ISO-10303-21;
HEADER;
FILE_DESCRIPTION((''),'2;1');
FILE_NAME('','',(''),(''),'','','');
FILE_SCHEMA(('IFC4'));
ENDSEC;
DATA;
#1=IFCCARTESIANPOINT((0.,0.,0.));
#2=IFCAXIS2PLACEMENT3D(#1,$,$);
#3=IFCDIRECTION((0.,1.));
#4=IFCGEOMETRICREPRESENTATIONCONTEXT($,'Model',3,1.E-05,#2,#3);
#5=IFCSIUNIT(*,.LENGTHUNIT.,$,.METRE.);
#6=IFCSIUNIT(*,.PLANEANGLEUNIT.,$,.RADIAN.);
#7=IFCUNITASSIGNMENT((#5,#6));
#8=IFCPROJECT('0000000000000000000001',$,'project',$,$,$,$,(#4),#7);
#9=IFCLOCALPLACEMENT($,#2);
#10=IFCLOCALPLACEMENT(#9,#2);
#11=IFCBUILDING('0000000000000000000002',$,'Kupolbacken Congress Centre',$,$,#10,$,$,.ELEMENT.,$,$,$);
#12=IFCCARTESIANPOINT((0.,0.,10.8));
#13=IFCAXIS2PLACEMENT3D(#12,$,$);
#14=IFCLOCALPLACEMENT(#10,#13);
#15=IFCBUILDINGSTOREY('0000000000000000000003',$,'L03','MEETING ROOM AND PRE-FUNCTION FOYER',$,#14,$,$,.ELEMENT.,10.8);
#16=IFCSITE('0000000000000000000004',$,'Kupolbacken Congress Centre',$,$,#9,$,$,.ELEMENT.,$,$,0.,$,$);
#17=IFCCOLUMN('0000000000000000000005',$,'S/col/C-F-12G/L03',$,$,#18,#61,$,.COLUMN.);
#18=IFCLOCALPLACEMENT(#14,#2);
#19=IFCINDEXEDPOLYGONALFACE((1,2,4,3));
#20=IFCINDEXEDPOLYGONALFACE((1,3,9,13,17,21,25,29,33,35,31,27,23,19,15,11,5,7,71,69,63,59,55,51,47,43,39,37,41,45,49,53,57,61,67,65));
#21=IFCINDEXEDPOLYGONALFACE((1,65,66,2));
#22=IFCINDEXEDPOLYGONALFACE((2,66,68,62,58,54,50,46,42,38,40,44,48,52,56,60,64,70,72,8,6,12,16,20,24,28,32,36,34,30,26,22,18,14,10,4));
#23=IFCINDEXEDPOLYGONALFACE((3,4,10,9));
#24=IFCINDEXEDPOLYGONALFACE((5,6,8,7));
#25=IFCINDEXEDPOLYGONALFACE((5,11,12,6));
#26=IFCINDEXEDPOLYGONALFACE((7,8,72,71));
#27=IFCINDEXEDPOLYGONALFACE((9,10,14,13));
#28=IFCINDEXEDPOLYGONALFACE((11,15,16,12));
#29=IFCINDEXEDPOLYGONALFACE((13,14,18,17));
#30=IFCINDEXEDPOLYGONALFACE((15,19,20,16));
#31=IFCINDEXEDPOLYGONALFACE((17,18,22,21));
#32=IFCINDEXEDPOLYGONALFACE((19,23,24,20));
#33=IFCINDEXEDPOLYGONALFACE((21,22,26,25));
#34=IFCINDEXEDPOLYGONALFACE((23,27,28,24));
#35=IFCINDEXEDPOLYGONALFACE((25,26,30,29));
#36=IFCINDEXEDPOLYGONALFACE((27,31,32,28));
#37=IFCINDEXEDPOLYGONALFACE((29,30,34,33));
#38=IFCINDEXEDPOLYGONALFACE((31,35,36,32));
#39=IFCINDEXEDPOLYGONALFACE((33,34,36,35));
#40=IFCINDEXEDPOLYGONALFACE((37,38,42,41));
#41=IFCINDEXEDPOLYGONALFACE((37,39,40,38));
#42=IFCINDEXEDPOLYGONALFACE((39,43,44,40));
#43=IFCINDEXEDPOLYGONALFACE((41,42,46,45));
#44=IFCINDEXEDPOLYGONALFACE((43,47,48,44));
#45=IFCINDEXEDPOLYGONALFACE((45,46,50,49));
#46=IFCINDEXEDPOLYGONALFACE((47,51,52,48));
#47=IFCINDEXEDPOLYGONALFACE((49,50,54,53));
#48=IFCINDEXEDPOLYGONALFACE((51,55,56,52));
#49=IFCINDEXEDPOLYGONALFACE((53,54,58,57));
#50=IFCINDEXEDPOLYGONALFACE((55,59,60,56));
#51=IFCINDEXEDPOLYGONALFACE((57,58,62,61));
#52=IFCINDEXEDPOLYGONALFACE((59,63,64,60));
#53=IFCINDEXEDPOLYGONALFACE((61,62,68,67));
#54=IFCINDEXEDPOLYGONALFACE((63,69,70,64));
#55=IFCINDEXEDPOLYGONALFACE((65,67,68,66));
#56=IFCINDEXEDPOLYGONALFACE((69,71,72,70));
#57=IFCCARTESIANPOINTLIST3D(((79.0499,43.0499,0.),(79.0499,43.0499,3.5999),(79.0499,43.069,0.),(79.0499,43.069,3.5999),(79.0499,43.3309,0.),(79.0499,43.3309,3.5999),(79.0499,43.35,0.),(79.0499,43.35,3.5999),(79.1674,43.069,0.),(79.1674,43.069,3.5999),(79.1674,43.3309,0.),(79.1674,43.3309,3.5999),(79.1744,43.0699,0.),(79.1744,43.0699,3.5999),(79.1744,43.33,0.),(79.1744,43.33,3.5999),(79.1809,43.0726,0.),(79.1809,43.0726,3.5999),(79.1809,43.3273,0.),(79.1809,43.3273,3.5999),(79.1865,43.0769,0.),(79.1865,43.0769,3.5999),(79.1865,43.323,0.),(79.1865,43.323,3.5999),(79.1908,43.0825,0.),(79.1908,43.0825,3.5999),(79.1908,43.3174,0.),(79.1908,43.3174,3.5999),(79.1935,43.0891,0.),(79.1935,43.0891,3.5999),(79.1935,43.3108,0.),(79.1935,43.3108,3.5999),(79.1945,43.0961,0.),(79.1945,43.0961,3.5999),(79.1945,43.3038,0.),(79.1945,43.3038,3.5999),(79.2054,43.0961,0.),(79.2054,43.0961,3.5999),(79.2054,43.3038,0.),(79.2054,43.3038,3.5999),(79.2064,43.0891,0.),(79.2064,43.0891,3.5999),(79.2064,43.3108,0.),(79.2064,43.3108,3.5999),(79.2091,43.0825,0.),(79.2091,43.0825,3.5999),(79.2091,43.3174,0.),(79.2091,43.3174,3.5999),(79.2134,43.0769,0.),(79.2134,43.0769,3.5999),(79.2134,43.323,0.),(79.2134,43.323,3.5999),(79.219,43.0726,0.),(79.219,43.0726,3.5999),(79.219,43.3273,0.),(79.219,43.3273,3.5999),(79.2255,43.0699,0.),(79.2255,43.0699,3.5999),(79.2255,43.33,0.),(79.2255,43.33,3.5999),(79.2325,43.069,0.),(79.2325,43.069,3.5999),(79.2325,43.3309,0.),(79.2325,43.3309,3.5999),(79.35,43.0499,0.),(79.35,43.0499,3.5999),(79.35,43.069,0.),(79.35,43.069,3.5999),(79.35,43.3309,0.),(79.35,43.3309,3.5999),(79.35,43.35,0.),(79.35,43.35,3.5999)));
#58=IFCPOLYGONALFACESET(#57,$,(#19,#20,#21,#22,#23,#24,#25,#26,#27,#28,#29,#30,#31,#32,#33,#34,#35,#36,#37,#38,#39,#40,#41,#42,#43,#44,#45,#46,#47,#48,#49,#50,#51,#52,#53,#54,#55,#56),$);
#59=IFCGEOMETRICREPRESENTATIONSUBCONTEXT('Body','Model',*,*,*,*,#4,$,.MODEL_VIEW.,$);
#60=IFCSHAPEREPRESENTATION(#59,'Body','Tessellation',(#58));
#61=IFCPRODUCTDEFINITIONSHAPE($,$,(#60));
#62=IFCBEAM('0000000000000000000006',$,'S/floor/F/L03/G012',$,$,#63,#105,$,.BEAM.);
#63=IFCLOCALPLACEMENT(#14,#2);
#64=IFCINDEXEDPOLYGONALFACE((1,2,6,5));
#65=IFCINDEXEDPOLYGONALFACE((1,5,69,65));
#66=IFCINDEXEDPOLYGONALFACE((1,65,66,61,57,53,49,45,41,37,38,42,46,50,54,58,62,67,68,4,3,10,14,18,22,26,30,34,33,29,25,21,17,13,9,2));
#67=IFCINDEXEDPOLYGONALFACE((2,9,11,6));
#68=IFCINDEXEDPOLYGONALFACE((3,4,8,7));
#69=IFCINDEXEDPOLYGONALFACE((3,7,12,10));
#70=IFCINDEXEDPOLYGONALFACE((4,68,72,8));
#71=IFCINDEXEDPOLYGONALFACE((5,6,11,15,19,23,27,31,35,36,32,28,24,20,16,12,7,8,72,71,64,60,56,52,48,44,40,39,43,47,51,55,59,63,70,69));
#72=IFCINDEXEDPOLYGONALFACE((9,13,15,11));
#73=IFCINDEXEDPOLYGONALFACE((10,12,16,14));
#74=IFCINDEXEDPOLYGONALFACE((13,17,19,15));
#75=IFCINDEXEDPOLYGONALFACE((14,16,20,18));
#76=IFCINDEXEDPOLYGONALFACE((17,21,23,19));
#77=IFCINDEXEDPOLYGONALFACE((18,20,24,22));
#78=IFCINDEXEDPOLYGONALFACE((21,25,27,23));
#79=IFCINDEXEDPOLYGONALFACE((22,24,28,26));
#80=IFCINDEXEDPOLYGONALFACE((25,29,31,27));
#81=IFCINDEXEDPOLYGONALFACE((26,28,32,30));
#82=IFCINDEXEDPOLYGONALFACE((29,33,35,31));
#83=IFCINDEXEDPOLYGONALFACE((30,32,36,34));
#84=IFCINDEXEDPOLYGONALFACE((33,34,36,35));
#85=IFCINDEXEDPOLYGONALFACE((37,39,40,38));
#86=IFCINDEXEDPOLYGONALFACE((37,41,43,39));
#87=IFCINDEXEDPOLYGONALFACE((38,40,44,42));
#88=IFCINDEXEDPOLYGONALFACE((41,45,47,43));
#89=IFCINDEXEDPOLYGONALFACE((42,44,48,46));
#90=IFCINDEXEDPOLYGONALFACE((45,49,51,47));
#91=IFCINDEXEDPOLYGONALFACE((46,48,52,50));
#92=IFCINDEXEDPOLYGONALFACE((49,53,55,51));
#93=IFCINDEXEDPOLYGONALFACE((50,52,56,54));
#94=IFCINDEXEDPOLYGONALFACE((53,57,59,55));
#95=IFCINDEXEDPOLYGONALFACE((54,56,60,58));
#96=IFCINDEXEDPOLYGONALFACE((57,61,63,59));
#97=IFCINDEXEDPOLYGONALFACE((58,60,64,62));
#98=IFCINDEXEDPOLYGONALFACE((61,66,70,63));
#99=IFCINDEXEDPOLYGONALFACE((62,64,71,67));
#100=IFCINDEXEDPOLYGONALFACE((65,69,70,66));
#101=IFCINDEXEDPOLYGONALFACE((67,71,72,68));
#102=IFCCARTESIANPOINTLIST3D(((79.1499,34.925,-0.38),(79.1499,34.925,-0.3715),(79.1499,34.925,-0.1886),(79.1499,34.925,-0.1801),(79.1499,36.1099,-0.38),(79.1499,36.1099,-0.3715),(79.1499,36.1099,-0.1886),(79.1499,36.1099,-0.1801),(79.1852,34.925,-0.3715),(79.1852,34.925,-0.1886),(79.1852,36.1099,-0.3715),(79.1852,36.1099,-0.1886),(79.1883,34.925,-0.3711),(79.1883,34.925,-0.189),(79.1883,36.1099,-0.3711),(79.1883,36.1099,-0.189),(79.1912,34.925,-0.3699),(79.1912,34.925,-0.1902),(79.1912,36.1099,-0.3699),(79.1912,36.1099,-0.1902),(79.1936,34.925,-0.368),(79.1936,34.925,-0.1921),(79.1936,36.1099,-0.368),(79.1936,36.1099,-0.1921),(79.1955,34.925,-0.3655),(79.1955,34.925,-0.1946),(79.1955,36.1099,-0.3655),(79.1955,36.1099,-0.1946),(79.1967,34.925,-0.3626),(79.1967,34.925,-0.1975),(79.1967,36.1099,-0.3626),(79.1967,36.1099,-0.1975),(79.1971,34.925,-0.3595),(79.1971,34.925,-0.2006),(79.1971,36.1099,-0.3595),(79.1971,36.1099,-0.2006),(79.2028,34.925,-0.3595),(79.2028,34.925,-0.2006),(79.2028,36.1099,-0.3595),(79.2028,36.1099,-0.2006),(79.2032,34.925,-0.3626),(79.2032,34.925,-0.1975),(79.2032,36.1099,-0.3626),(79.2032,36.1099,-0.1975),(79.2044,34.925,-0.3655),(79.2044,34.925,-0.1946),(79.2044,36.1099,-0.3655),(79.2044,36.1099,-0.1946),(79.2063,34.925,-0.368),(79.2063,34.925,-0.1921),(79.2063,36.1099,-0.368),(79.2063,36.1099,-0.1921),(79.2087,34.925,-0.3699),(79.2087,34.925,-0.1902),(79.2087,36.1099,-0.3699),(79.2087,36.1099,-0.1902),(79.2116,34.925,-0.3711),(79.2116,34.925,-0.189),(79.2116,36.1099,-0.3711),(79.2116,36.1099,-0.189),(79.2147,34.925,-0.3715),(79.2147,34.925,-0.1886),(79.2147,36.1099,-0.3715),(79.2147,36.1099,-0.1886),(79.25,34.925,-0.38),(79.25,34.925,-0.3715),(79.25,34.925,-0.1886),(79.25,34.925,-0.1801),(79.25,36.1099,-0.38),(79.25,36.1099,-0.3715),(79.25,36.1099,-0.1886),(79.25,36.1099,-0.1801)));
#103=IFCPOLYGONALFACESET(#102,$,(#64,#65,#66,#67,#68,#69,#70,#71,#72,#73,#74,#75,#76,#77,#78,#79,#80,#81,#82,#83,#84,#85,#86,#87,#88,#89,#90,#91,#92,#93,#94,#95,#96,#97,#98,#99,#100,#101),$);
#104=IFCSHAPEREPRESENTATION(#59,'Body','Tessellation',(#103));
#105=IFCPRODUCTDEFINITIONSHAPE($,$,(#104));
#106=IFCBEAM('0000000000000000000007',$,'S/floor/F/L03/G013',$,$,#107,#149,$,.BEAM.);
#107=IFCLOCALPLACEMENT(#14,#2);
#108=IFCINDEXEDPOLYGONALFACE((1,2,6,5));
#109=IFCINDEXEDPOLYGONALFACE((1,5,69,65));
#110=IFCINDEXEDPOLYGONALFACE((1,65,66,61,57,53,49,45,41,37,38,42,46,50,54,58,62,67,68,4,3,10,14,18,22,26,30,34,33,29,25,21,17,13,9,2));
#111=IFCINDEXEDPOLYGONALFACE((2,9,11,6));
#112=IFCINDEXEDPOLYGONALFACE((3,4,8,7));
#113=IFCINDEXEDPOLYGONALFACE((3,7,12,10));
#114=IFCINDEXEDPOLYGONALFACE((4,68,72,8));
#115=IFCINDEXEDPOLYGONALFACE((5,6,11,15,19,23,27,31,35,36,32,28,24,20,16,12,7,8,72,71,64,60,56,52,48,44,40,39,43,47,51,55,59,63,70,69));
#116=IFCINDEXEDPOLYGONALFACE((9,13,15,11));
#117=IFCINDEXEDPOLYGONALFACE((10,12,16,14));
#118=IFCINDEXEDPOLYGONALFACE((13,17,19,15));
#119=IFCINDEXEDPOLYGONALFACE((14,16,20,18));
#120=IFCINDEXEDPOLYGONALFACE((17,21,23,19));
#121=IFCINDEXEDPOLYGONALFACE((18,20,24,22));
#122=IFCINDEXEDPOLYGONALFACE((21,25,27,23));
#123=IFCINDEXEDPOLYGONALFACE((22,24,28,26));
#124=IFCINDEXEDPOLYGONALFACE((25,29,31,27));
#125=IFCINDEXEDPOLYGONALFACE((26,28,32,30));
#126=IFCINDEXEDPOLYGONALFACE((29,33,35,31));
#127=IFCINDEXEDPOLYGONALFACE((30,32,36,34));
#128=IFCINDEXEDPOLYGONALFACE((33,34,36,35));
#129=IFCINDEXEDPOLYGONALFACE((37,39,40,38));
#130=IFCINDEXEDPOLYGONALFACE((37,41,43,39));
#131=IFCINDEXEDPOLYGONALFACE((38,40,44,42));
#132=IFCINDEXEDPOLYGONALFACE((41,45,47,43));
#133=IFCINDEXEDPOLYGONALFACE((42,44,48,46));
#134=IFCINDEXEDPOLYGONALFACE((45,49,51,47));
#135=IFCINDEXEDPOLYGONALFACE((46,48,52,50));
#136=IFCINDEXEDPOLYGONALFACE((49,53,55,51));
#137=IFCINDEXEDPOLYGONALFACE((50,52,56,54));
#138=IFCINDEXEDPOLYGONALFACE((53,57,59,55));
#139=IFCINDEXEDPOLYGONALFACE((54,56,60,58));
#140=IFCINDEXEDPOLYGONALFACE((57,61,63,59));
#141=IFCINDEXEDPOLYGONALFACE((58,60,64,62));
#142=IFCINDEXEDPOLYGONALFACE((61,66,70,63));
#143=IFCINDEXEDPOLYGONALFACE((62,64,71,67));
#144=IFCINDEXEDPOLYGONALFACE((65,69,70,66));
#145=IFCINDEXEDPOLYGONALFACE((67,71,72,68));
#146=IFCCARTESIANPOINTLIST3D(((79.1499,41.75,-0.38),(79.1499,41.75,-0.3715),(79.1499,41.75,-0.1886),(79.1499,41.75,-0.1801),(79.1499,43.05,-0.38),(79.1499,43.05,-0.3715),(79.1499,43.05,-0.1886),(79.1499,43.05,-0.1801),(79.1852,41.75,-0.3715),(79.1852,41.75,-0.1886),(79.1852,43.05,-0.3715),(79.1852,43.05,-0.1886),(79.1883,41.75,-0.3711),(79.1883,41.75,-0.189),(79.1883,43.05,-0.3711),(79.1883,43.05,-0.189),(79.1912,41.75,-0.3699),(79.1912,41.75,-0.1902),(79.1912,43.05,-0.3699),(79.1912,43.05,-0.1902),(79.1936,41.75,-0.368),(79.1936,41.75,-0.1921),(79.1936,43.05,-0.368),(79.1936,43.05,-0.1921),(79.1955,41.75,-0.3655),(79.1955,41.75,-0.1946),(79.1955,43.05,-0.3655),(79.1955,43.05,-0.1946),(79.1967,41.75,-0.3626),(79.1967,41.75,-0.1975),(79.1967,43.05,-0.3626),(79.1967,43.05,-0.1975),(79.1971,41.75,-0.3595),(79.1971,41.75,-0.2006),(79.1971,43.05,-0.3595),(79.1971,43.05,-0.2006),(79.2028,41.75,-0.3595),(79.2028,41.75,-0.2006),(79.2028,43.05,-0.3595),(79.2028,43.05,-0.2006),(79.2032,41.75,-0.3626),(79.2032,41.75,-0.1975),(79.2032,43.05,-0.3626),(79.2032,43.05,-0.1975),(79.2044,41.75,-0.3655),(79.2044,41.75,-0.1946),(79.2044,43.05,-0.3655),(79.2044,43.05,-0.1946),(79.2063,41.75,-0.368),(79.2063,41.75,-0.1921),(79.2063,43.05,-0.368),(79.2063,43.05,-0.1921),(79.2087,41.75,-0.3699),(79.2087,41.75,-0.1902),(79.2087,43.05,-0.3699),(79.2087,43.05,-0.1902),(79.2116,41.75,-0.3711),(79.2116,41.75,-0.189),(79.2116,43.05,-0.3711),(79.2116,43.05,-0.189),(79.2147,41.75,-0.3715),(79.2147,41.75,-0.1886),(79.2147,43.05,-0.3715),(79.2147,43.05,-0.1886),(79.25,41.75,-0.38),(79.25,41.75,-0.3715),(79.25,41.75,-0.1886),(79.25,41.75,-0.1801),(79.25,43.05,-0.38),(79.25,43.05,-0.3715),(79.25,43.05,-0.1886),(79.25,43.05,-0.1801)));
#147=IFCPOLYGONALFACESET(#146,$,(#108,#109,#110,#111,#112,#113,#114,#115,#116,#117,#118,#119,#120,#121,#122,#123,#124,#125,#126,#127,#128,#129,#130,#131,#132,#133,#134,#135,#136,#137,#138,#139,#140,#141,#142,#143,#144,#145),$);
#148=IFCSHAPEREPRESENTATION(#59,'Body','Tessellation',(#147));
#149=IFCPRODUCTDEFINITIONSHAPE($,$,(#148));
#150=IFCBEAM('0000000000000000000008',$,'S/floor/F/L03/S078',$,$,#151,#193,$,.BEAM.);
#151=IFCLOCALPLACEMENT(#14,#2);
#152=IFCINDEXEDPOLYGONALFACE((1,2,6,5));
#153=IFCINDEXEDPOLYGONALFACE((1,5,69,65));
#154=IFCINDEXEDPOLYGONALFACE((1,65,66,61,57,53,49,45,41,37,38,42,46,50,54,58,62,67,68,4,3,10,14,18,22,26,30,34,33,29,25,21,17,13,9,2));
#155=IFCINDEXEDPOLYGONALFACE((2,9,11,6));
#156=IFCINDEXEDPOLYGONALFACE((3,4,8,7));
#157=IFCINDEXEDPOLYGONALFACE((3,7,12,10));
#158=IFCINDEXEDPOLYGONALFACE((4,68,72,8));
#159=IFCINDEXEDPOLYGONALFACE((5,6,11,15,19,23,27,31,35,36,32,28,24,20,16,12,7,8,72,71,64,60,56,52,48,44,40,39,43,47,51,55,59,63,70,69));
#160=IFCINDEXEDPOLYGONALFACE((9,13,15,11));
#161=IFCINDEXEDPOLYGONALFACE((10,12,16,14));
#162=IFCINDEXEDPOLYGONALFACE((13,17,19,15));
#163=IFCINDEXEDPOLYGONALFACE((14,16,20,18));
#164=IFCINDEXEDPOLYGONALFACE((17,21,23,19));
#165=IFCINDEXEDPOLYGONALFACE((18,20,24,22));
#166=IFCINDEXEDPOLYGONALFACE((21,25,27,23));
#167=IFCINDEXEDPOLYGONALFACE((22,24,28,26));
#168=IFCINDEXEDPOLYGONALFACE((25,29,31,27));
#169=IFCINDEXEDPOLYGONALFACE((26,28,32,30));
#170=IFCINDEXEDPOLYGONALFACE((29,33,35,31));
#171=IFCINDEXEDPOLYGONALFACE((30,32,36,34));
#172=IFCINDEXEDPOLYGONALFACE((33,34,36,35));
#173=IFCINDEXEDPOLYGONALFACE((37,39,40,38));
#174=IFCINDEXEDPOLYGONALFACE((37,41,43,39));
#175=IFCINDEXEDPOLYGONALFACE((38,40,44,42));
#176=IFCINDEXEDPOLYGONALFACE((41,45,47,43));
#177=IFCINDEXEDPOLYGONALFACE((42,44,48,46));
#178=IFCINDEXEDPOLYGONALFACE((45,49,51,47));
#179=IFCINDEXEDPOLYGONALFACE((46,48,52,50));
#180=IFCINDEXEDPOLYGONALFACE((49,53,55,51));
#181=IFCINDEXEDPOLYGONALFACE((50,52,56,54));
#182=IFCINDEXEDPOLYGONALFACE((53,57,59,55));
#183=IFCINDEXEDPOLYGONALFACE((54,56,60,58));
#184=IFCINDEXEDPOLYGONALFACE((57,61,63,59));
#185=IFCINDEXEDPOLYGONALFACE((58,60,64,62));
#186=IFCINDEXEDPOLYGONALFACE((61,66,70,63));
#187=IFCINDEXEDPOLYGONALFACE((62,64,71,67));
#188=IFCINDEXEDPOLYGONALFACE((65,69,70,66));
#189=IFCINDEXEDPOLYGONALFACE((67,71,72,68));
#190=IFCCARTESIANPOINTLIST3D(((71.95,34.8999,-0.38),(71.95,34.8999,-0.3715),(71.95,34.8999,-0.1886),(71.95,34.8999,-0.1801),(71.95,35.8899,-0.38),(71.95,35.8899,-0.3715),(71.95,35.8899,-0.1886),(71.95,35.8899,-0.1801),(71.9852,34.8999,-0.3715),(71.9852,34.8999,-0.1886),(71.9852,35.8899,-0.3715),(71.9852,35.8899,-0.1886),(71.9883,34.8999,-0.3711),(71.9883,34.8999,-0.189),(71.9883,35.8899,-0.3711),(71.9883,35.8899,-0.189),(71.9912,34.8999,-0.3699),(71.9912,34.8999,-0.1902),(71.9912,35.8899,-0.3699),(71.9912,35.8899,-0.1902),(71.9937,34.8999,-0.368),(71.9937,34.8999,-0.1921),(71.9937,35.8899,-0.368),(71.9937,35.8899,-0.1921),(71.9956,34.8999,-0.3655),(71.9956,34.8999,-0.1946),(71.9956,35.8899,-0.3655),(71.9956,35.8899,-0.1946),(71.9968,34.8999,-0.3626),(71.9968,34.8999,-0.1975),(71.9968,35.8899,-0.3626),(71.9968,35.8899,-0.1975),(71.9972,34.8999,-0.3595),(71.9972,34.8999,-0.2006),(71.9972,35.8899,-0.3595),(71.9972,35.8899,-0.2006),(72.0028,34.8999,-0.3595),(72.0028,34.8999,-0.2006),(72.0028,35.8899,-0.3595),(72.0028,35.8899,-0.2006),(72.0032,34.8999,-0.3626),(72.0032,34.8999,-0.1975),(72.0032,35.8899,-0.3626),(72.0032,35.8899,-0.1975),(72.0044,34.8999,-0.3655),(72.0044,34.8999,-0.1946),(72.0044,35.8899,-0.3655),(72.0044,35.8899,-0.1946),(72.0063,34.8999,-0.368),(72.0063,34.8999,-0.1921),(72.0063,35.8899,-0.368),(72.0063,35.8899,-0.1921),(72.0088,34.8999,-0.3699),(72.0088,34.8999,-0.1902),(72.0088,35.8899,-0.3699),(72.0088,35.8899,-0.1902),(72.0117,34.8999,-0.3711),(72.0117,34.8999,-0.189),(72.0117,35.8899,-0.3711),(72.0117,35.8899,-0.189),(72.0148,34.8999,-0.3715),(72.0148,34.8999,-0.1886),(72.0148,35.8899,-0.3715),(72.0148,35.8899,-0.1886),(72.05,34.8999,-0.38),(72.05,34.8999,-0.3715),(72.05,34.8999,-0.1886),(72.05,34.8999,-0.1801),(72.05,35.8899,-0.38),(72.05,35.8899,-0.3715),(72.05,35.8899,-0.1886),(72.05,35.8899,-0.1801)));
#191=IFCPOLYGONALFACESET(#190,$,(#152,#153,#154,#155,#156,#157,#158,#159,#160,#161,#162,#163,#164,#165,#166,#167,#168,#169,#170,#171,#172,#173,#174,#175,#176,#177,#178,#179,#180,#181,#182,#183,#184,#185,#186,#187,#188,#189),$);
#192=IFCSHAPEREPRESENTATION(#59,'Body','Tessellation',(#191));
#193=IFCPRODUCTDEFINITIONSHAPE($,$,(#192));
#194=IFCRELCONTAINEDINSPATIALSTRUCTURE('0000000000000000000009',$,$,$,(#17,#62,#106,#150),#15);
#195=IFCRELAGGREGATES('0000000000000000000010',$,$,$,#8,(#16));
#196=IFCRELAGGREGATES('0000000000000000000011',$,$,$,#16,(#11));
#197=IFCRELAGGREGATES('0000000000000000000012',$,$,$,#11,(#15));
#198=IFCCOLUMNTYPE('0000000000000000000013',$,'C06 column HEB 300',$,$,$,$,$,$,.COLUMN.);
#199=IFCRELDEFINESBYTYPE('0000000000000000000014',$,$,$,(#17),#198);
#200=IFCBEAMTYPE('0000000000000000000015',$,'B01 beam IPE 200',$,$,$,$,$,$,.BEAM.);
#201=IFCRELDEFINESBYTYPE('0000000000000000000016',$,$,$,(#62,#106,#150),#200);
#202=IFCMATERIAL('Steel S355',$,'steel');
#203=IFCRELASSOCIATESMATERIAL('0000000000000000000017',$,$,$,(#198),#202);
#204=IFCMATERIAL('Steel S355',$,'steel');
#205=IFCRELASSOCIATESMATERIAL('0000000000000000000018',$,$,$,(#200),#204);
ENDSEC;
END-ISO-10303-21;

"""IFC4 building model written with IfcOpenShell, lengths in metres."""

from ifc_helpers import new_model, si_unit, direction, frame, origin, origin_2d, place, context, subcontext, project, spatial, i_section, extrude, material, material_profile, profile_set, type_object, element, save


model = new_model("IFC4")

# Units and contexts
model_context = context("Model", 3, precision=1e-05, world=origin(), true_north=direction((0.0, 1.0)))
body_context = subcontext(model_context, "Body", "Model", "MODEL_VIEW")
ifc_project = project(units=[si_unit("LENGTHUNIT", "METRE"), si_unit("PLANEANGLEUNIT", "RADIAN")], contexts=[model_context])

# Site, building, storey
site_placement = place(None, origin())
site = spatial("IfcSite", under=ifc_project, at=site_placement, Name="Kupolbacken Congress Centre", CompositionType="ELEMENT", RefElevation=0.0)
building_placement = place(site_placement, origin())
building = spatial("IfcBuilding", under=site, at=building_placement, Name="Kupolbacken Congress Centre", CompositionType="ELEMENT")
storey_placement = place(building_placement, frame((0.0, 0.0, 10.8)))
storey = spatial("IfcBuildingStorey", under=building, at=storey_placement, Name="L03", Description="MEETING ROOM AND PRE-FUNCTION FOYER", CompositionType="ELEMENT", Elevation=10.8)

# Column
ifc_material_1 = material(Name="Steel S355", Category="steel")
ifc_material_profile_1 = material_profile(ifc_material_1, i_section(OverallWidth=0.3, OverallDepth=0.3, WebThickness=0.011, FlangeThickness=0.019, FilletRadius=0.0271, at=origin_2d()), Name="HEB 300")
ifc_profile_set_1 = profile_set([ifc_material_profile_1], Name="Steel S355")
column_type = type_object("IfcColumnType", Name="C06 column HEB 300", PredefinedType="COLUMN", material=ifc_profile_set_1)
column_placement = place(storey_placement, frame((79.2, 43.2, 0.0), z_axis=(0.0, 0.0, 1.0), x_axis=(1.0, 0.0, 0.0)))
element("IfcColumn", 1, at=column_placement, inside=storey, type_object=column_type, Name="S/col/C-F-12G/L03", PredefinedType="COLUMN", context=body_context, shape_type="SweptSolid", body=[
    extrude(i_section(OverallWidth=0.3, OverallDepth=0.3, WebThickness=0.011, FlangeThickness=0.019, FilletRadius=0.0271, at=origin_2d()), origin(), (0.0, 0.0, 1.0), 3.5999),
])

# Beams
ifc_material_2 = material(Name="Steel S355", Category="steel")
ifc_material_profile_2 = material_profile(ifc_material_2, i_section(OverallWidth=0.1001, OverallDepth=0.2, WebThickness=0.0056, FlangeThickness=0.0085, FilletRadius=0.012, at=origin_2d()), Name="IPE 200")
ifc_profile_set_2 = profile_set([ifc_material_profile_2], Name="Steel S355")
beam_type_1 = type_object("IfcBeamType", Name="B01 beam IPE 200", PredefinedType="BEAM", material=ifc_profile_set_2)
beam_1_placement = place(storey_placement, frame((79.2, 34.925, -0.28), z_axis=(0.0, 1.0, 0.0), x_axis=(-1.0, 0.0, 0.0)))
element("IfcBeam", 2, at=beam_1_placement, inside=storey, type_object=beam_type_1, Name="S/floor/F/L03/G012", PredefinedType="BEAM", context=body_context, shape_type="SweptSolid", body=[
    extrude(i_section(OverallWidth=0.1001, OverallDepth=0.2, WebThickness=0.0056, FlangeThickness=0.0085, FilletRadius=0.012, at=origin_2d()), origin(), (0.0, 0.0, 1.0), 1.1848),
])
beam_2_placement = place(storey_placement, frame((79.2, 41.75, -0.28), z_axis=(0.0, 1.0, 0.0), x_axis=(-1.0, 0.0, 0.0)))
element("IfcBeam", 3, at=beam_2_placement, inside=storey, type_object=beam_type_1, Name="S/floor/F/L03/G013", PredefinedType="BEAM", context=body_context, shape_type="SweptSolid", body=[
    extrude(i_section(OverallWidth=0.1001, OverallDepth=0.2, WebThickness=0.0056, FlangeThickness=0.0085, FilletRadius=0.012, at=origin_2d()), origin(), (0.0, 0.0, 1.0), 1.3),
])
beam_3_placement = place(storey_placement, frame((72.0, 34.8999, -0.28), z_axis=(0.0, 1.0, 0.0), x_axis=(-1.0, 0.0, 0.0)))
element("IfcBeam", 4, at=beam_3_placement, inside=storey, type_object=beam_type_1, Name="S/floor/F/L03/S078", PredefinedType="BEAM", context=body_context, shape_type="SweptSolid", body=[
    extrude(i_section(OverallWidth=0.1001, OverallDepth=0.2, WebThickness=0.0056, FlangeThickness=0.0085, FilletRadius=0.012, at=origin_2d()), origin(), (0.0, 0.0, 1.0), 0.99),
])

save(model, "model.ifc")
